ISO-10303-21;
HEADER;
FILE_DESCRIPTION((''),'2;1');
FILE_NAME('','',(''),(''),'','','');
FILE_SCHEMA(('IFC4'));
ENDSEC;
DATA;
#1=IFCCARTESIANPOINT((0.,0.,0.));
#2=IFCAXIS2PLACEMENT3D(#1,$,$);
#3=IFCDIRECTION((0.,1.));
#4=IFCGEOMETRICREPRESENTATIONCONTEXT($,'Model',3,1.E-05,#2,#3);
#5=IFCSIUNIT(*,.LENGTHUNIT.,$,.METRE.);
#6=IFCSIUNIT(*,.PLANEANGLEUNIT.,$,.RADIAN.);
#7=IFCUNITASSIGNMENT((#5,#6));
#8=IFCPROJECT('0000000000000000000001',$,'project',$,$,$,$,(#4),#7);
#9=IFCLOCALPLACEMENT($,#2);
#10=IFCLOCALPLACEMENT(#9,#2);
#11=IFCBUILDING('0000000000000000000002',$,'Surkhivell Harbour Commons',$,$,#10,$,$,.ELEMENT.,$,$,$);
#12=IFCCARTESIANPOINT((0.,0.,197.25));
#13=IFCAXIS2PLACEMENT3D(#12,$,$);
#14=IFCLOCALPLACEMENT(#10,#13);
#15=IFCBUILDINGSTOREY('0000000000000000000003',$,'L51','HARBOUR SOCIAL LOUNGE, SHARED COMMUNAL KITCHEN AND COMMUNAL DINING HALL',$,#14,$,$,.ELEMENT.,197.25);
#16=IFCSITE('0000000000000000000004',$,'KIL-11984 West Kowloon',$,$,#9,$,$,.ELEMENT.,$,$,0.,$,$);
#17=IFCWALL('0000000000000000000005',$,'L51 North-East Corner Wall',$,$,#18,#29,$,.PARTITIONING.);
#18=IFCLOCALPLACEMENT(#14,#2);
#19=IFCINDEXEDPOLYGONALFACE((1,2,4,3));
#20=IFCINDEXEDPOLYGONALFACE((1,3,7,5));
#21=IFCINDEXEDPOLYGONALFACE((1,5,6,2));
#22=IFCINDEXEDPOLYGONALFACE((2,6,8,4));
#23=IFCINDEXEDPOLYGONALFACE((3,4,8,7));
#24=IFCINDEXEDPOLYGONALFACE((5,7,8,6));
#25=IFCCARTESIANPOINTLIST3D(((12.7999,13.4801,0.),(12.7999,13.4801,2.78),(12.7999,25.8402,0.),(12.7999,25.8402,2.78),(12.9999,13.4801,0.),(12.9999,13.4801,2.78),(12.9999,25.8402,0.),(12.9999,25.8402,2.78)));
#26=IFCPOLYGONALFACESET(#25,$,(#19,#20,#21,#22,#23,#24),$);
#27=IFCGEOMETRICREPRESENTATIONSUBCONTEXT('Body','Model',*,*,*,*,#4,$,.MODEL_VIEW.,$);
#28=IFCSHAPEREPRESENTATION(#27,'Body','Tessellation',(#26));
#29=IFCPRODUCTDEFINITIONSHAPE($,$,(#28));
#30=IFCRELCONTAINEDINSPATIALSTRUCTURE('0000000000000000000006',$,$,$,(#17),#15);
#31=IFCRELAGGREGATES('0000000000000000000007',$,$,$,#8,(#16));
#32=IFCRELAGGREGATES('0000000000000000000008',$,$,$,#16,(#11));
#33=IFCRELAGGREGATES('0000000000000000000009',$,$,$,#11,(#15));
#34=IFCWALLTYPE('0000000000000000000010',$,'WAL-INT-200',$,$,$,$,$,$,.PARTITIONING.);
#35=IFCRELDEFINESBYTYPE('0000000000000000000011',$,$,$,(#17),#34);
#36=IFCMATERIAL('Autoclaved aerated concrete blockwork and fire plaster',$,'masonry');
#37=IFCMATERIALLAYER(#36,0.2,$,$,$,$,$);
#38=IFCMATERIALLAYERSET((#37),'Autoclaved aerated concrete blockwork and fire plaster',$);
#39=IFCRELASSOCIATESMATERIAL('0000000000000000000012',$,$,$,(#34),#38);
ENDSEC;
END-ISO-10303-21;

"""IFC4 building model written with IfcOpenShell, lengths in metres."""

from ifc_helpers import new_model, si_unit, direction, frame, frame_2d, origin, place, context, subcontext, project, spatial, rectangle, extrude, material, layer, layer_set, type_object, element, save


model = new_model("IFC4")

# Units and contexts
model_context = context("Model", 3, precision=1e-05, world=origin(), true_north=direction((0.0, 1.0)))
body_context = subcontext(model_context, "Body", "Model", "MODEL_VIEW")
ifc_project = project(units=[si_unit("LENGTHUNIT", "METRE"), si_unit("PLANEANGLEUNIT", "RADIAN")], contexts=[model_context])

# Site, building, storey
site_placement = place(None, origin())
site = spatial("IfcSite", under=ifc_project, at=site_placement, Name="KIL-11984 West Kowloon", CompositionType="ELEMENT", RefElevation=0.0)
building_placement = place(site_placement, origin())
building = spatial("IfcBuilding", under=site, at=building_placement, Name="Surkhivell Harbour Commons", CompositionType="ELEMENT")
storey_placement = place(building_placement, frame((0.0, 0.0, 197.25)))
storey = spatial("IfcBuildingStorey", under=building, at=storey_placement, Name="L51", Description="HARBOUR SOCIAL LOUNGE, SHARED COMMUNAL KITCHEN AND COMMUNAL DINING HALL", CompositionType="ELEMENT", Elevation=197.25)

# Wall
ifc_material_1 = material(Name="Autoclaved aerated concrete blockwork and fire plaster", Category="masonry")
ifc_layer_1 = layer(ifc_material_1, 0.2)
ifc_layer_set_1 = layer_set([ifc_layer_1], Name="Autoclaved aerated concrete blockwork and fire plaster")
wall_type_1 = type_object("IfcWallType", Name="WAL-INT-200", PredefinedType="PARTITIONING", material=ifc_layer_set_1)
wall_1_placement = place(storey_placement, frame((12.8999, 13.48, 0.0), z_axis=(0.0, 0.0, 1.0), x_axis=(0.0, 1.0, 0.0)))
element("IfcWall", 1, at=wall_1_placement, inside=storey, type_object=wall_type_1, Name="L51 North-East Corner Wall", PredefinedType="PARTITIONING", context=body_context, shape_type="SweptSolid", body=[
    extrude(rectangle(XDim=12.3601, YDim=0.2, at=frame_2d((6.1802, 0.0))), origin(), (0.0, 0.0, 1.0), 2.78),
])

save(model, "model.ifc")
